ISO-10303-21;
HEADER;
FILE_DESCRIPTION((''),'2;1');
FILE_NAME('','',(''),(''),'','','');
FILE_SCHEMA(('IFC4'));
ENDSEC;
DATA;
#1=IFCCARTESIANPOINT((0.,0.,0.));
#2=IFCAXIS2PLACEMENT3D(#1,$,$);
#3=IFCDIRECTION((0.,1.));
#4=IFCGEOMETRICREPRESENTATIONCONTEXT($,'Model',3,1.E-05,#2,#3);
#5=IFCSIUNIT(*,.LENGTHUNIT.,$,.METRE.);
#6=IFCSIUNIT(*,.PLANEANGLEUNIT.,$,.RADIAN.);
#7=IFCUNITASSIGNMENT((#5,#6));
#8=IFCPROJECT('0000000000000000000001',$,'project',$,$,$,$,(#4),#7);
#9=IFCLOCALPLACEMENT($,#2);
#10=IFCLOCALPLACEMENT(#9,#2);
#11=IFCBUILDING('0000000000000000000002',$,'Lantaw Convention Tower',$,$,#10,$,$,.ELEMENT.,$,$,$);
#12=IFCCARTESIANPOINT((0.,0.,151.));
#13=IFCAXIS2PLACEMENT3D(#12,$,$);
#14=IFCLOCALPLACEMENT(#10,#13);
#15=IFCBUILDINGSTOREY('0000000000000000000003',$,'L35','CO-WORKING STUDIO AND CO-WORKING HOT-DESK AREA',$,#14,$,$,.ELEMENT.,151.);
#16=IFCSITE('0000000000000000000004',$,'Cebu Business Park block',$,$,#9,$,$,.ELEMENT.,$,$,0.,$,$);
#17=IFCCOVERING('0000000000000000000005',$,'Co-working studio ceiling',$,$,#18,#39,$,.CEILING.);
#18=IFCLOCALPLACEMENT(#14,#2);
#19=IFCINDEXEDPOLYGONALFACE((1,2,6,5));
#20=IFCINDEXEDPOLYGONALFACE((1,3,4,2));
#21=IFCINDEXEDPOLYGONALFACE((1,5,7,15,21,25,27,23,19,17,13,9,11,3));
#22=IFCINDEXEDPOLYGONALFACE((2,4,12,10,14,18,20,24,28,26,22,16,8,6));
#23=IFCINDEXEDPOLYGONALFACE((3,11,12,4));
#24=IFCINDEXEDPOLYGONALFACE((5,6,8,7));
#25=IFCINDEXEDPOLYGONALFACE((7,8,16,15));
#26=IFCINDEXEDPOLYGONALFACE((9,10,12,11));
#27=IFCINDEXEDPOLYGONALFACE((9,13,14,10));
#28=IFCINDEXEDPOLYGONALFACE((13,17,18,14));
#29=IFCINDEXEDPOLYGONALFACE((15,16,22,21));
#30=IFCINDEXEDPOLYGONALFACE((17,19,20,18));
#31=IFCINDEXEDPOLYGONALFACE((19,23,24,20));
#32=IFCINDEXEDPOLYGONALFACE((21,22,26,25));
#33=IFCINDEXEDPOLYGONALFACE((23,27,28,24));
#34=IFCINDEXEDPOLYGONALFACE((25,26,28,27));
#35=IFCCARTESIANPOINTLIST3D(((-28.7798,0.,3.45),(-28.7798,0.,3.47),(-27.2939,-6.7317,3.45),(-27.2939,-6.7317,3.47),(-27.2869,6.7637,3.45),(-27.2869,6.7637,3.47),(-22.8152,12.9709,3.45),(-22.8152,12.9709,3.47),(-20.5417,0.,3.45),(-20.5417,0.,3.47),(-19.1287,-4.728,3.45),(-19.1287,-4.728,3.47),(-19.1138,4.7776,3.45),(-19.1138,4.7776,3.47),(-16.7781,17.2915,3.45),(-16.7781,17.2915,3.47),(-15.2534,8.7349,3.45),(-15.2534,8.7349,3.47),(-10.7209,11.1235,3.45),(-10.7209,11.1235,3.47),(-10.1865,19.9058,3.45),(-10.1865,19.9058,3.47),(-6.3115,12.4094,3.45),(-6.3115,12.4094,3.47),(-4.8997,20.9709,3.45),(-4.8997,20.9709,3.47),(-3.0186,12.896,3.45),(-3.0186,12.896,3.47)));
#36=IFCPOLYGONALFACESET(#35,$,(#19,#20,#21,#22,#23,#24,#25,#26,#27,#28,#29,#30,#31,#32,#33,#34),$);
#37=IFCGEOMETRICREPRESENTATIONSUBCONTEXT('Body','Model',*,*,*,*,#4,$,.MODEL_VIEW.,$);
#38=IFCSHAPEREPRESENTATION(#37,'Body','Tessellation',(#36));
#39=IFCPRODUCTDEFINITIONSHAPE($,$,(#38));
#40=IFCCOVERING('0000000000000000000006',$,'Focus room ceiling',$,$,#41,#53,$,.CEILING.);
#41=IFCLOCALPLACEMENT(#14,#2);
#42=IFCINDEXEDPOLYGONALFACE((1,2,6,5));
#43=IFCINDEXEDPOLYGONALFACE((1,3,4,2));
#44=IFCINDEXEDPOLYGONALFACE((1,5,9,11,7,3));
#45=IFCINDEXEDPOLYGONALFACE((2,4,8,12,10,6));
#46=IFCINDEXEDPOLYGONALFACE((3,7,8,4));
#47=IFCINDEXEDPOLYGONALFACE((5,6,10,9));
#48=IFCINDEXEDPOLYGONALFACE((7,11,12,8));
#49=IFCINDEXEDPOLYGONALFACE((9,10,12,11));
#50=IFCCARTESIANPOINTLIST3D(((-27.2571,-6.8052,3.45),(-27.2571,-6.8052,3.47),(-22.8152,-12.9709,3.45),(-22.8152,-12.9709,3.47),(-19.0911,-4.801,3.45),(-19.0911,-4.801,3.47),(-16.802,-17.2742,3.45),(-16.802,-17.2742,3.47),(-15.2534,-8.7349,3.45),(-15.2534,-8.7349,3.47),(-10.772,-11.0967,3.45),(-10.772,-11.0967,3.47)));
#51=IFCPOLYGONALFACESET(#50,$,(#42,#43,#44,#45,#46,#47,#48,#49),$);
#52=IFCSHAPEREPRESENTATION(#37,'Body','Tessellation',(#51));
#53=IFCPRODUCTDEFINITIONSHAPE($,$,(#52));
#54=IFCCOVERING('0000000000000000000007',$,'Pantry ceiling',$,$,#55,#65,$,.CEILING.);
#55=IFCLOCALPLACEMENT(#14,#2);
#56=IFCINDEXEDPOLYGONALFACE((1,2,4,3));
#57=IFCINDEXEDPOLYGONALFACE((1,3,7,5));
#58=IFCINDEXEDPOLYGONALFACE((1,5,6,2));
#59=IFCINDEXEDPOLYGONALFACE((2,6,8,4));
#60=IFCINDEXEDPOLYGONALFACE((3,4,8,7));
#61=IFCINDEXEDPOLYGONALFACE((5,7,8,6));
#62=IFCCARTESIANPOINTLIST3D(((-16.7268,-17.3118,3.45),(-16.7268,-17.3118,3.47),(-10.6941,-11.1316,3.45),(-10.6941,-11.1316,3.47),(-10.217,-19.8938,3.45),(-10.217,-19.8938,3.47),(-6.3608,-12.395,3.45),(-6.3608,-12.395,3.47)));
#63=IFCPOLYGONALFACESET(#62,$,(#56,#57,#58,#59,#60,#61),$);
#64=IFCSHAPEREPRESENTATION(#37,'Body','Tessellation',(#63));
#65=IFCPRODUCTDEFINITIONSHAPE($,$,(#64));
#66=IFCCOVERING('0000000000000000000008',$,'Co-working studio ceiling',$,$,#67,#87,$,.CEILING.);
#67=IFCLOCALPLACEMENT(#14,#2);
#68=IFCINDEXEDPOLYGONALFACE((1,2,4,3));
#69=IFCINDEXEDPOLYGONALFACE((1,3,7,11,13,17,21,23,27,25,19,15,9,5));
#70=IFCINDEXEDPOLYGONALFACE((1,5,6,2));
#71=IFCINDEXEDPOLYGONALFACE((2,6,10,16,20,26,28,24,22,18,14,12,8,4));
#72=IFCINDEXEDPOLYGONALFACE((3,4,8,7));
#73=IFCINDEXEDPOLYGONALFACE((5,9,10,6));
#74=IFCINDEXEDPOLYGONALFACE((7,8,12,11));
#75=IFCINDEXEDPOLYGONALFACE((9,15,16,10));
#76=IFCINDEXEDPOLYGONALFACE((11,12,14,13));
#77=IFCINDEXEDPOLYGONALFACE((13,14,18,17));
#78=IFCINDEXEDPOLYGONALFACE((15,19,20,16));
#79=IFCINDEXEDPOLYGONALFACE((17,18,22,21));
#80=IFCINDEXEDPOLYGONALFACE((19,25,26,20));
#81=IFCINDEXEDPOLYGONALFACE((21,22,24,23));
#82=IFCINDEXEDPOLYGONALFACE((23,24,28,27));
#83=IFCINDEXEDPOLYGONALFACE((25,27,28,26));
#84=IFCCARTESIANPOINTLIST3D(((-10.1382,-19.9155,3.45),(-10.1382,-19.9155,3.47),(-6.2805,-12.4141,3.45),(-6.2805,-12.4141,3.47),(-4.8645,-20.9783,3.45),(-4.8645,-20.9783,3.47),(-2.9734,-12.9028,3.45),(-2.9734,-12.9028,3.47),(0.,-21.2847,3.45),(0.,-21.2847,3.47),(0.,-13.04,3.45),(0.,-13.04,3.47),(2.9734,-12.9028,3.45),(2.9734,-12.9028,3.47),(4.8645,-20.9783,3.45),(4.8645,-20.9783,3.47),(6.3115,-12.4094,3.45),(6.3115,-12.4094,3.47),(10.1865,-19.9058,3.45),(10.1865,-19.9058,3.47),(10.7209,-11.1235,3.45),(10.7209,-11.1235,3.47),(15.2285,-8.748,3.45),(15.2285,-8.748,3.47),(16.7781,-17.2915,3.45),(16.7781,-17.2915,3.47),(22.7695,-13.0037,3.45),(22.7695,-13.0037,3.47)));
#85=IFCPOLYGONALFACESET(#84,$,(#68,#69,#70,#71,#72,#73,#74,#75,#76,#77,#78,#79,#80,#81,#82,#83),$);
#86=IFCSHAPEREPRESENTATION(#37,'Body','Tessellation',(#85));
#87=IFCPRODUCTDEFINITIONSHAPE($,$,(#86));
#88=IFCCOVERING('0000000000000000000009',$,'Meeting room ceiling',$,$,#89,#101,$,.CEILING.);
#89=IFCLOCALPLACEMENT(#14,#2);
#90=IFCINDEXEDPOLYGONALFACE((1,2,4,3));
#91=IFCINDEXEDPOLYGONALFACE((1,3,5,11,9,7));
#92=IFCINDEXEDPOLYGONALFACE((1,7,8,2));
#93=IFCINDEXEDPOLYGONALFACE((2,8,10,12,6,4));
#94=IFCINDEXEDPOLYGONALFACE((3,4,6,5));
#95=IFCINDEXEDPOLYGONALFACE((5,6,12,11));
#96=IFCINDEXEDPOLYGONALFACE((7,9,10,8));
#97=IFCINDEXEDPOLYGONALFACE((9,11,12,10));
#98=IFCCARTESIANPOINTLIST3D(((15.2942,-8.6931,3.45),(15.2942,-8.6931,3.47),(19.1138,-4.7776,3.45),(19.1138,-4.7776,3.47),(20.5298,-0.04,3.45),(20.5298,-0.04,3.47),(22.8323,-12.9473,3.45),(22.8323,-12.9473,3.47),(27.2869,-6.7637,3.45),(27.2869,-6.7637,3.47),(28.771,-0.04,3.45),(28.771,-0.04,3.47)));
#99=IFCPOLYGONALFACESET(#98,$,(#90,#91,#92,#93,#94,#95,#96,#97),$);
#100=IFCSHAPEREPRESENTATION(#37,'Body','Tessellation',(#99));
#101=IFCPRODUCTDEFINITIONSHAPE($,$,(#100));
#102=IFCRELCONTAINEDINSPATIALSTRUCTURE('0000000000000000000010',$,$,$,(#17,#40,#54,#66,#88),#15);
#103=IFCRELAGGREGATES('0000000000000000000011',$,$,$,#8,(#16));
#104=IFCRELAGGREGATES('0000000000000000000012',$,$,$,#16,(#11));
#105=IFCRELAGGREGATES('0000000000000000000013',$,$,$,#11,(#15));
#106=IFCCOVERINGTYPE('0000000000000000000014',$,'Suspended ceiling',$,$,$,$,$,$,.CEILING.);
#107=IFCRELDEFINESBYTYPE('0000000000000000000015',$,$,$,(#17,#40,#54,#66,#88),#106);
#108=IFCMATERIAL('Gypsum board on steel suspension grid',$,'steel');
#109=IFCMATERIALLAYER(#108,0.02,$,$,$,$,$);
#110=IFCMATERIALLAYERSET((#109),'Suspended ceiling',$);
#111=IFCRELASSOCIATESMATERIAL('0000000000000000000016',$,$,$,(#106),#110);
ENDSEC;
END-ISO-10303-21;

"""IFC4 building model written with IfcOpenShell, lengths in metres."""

from ifc_helpers import new_model, si_unit, direction, frame, origin, place, context, subcontext, project, spatial, polyline, outline, extrude, material, layer, layer_set, type_object, element, save


model = new_model("IFC4")

# Units and contexts
model_context = context("Model", 3, precision=1e-05, world=origin(), true_north=direction((0.0, 1.0)))
body_context = subcontext(model_context, "Body", "Model", "MODEL_VIEW")
ifc_project = project(units=[si_unit("LENGTHUNIT", "METRE"), si_unit("PLANEANGLEUNIT", "RADIAN")], contexts=[model_context])

# Site, building, storey
site_placement = place(None, origin())
site = spatial("IfcSite", under=ifc_project, at=site_placement, Name="Cebu Business Park block", CompositionType="ELEMENT", RefElevation=0.0)
building_placement = place(site_placement, origin())
building = spatial("IfcBuilding", under=site, at=building_placement, Name="Lantaw Convention Tower", CompositionType="ELEMENT")
storey_placement = place(building_placement, frame((0.0, 0.0, 151.0)))
storey = spatial("IfcBuildingStorey", under=building, at=storey_placement, Name="L35", Description="CO-WORKING STUDIO AND CO-WORKING HOT-DESK AREA", CompositionType="ELEMENT", Elevation=151.0)

# Coverings
ifc_material_1 = material(Name="Gypsum board on steel suspension grid", Category="steel")
ifc_layer_1 = layer(ifc_material_1, 0.02)
ifc_layer_set_1 = layer_set([ifc_layer_1], Name="Suspended ceiling")
covering_type = type_object("IfcCoveringType", Name="Suspended ceiling", PredefinedType="CEILING", material=ifc_layer_set_1)
covering_1_placement = place(storey_placement, frame((0.0, 0.0, 3.45)))
element("IfcCovering", 1, at=covering_1_placement, inside=storey, type_object=covering_type, Name="Co-working studio ceiling", PredefinedType="CEILING", context=body_context, shape_type="SweptSolid", body=[
    extrude(outline(polyline([(-3.0186, 12.896), (-4.8997, 20.9709), (-10.1865, 19.9058), (-16.7781, 17.2915), (-22.8152, 12.9709), (-27.2869, 6.7637), (-28.7798, 0.0), (-27.2939, -6.7317), (-19.1287, -4.728), (-20.5417, 0.0), (-19.1138, 4.7776), (-15.2534, 8.7349), (-10.7209, 11.1235), (-6.3115, 12.4094), (-3.0186, 12.896)])), origin(), (0.0, 0.0, 1.0), 0.02),
])
covering_2_placement = place(storey_placement, frame((0.0, 0.0, 3.45)))
element("IfcCovering", 2, at=covering_2_placement, inside=storey, type_object=covering_type, Name="Focus room ceiling", PredefinedType="CEILING", context=body_context, shape_type="SweptSolid", body=[
    extrude(outline(polyline([(-19.0911, -4.801), (-27.2571, -6.8052), (-22.8152, -12.9709), (-16.802, -17.2742), (-10.772, -11.0967), (-15.2534, -8.7349), (-19.0911, -4.801)])), origin(), (0.0, 0.0, 1.0), 0.02),
])
covering_3_placement = place(storey_placement, frame((0.0, 0.0, 3.45)))
element("IfcCovering", 3, at=covering_3_placement, inside=storey, type_object=covering_type, Name="Pantry ceiling", PredefinedType="CEILING", context=body_context, shape_type="SweptSolid", body=[
    extrude(outline(polyline([(-10.6941, -11.1316), (-16.7268, -17.3118), (-10.217, -19.8938), (-6.3608, -12.395), (-10.6941, -11.1316)])), origin(), (0.0, 0.0, 1.0), 0.02),
])
covering_4_placement = place(storey_placement, frame((0.0, 0.0, 3.45)))
element("IfcCovering", 4, at=covering_4_placement, inside=storey, type_object=covering_type, Name="Co-working studio ceiling", PredefinedType="CEILING", context=body_context, shape_type="SweptSolid", body=[
    extrude(outline(polyline([(-6.2805, -12.4141), (-10.1382, -19.9155), (-4.8645, -20.9783), (0.0, -21.2847), (4.8645, -20.9783), (10.1865, -19.9058), (16.7781, -17.2915), (22.7695, -13.0037), (15.2285, -8.748), (10.7209, -11.1235), (6.3115, -12.4094), (2.9734, -12.9028), (0.0, -13.04), (-2.9734, -12.9028), (-6.2805, -12.4141)])), origin(), (0.0, 0.0, 1.0), 0.02),
])
covering_5_placement = place(storey_placement, frame((0.0, 0.0, 3.45)))
element("IfcCovering", 5, at=covering_5_placement, inside=storey, type_object=covering_type, Name="Meeting room ceiling", PredefinedType="CEILING", context=body_context, shape_type="SweptSolid", body=[
    extrude(outline(polyline([(15.2942, -8.6931), (22.8323, -12.9473), (27.2869, -6.7637), (28.771, -0.04), (20.5298, -0.04), (19.1138, -4.7776), (15.2942, -8.6931)])), origin(), (0.0, 0.0, 1.0), 0.02),
])

save(model, "model.ifc")
